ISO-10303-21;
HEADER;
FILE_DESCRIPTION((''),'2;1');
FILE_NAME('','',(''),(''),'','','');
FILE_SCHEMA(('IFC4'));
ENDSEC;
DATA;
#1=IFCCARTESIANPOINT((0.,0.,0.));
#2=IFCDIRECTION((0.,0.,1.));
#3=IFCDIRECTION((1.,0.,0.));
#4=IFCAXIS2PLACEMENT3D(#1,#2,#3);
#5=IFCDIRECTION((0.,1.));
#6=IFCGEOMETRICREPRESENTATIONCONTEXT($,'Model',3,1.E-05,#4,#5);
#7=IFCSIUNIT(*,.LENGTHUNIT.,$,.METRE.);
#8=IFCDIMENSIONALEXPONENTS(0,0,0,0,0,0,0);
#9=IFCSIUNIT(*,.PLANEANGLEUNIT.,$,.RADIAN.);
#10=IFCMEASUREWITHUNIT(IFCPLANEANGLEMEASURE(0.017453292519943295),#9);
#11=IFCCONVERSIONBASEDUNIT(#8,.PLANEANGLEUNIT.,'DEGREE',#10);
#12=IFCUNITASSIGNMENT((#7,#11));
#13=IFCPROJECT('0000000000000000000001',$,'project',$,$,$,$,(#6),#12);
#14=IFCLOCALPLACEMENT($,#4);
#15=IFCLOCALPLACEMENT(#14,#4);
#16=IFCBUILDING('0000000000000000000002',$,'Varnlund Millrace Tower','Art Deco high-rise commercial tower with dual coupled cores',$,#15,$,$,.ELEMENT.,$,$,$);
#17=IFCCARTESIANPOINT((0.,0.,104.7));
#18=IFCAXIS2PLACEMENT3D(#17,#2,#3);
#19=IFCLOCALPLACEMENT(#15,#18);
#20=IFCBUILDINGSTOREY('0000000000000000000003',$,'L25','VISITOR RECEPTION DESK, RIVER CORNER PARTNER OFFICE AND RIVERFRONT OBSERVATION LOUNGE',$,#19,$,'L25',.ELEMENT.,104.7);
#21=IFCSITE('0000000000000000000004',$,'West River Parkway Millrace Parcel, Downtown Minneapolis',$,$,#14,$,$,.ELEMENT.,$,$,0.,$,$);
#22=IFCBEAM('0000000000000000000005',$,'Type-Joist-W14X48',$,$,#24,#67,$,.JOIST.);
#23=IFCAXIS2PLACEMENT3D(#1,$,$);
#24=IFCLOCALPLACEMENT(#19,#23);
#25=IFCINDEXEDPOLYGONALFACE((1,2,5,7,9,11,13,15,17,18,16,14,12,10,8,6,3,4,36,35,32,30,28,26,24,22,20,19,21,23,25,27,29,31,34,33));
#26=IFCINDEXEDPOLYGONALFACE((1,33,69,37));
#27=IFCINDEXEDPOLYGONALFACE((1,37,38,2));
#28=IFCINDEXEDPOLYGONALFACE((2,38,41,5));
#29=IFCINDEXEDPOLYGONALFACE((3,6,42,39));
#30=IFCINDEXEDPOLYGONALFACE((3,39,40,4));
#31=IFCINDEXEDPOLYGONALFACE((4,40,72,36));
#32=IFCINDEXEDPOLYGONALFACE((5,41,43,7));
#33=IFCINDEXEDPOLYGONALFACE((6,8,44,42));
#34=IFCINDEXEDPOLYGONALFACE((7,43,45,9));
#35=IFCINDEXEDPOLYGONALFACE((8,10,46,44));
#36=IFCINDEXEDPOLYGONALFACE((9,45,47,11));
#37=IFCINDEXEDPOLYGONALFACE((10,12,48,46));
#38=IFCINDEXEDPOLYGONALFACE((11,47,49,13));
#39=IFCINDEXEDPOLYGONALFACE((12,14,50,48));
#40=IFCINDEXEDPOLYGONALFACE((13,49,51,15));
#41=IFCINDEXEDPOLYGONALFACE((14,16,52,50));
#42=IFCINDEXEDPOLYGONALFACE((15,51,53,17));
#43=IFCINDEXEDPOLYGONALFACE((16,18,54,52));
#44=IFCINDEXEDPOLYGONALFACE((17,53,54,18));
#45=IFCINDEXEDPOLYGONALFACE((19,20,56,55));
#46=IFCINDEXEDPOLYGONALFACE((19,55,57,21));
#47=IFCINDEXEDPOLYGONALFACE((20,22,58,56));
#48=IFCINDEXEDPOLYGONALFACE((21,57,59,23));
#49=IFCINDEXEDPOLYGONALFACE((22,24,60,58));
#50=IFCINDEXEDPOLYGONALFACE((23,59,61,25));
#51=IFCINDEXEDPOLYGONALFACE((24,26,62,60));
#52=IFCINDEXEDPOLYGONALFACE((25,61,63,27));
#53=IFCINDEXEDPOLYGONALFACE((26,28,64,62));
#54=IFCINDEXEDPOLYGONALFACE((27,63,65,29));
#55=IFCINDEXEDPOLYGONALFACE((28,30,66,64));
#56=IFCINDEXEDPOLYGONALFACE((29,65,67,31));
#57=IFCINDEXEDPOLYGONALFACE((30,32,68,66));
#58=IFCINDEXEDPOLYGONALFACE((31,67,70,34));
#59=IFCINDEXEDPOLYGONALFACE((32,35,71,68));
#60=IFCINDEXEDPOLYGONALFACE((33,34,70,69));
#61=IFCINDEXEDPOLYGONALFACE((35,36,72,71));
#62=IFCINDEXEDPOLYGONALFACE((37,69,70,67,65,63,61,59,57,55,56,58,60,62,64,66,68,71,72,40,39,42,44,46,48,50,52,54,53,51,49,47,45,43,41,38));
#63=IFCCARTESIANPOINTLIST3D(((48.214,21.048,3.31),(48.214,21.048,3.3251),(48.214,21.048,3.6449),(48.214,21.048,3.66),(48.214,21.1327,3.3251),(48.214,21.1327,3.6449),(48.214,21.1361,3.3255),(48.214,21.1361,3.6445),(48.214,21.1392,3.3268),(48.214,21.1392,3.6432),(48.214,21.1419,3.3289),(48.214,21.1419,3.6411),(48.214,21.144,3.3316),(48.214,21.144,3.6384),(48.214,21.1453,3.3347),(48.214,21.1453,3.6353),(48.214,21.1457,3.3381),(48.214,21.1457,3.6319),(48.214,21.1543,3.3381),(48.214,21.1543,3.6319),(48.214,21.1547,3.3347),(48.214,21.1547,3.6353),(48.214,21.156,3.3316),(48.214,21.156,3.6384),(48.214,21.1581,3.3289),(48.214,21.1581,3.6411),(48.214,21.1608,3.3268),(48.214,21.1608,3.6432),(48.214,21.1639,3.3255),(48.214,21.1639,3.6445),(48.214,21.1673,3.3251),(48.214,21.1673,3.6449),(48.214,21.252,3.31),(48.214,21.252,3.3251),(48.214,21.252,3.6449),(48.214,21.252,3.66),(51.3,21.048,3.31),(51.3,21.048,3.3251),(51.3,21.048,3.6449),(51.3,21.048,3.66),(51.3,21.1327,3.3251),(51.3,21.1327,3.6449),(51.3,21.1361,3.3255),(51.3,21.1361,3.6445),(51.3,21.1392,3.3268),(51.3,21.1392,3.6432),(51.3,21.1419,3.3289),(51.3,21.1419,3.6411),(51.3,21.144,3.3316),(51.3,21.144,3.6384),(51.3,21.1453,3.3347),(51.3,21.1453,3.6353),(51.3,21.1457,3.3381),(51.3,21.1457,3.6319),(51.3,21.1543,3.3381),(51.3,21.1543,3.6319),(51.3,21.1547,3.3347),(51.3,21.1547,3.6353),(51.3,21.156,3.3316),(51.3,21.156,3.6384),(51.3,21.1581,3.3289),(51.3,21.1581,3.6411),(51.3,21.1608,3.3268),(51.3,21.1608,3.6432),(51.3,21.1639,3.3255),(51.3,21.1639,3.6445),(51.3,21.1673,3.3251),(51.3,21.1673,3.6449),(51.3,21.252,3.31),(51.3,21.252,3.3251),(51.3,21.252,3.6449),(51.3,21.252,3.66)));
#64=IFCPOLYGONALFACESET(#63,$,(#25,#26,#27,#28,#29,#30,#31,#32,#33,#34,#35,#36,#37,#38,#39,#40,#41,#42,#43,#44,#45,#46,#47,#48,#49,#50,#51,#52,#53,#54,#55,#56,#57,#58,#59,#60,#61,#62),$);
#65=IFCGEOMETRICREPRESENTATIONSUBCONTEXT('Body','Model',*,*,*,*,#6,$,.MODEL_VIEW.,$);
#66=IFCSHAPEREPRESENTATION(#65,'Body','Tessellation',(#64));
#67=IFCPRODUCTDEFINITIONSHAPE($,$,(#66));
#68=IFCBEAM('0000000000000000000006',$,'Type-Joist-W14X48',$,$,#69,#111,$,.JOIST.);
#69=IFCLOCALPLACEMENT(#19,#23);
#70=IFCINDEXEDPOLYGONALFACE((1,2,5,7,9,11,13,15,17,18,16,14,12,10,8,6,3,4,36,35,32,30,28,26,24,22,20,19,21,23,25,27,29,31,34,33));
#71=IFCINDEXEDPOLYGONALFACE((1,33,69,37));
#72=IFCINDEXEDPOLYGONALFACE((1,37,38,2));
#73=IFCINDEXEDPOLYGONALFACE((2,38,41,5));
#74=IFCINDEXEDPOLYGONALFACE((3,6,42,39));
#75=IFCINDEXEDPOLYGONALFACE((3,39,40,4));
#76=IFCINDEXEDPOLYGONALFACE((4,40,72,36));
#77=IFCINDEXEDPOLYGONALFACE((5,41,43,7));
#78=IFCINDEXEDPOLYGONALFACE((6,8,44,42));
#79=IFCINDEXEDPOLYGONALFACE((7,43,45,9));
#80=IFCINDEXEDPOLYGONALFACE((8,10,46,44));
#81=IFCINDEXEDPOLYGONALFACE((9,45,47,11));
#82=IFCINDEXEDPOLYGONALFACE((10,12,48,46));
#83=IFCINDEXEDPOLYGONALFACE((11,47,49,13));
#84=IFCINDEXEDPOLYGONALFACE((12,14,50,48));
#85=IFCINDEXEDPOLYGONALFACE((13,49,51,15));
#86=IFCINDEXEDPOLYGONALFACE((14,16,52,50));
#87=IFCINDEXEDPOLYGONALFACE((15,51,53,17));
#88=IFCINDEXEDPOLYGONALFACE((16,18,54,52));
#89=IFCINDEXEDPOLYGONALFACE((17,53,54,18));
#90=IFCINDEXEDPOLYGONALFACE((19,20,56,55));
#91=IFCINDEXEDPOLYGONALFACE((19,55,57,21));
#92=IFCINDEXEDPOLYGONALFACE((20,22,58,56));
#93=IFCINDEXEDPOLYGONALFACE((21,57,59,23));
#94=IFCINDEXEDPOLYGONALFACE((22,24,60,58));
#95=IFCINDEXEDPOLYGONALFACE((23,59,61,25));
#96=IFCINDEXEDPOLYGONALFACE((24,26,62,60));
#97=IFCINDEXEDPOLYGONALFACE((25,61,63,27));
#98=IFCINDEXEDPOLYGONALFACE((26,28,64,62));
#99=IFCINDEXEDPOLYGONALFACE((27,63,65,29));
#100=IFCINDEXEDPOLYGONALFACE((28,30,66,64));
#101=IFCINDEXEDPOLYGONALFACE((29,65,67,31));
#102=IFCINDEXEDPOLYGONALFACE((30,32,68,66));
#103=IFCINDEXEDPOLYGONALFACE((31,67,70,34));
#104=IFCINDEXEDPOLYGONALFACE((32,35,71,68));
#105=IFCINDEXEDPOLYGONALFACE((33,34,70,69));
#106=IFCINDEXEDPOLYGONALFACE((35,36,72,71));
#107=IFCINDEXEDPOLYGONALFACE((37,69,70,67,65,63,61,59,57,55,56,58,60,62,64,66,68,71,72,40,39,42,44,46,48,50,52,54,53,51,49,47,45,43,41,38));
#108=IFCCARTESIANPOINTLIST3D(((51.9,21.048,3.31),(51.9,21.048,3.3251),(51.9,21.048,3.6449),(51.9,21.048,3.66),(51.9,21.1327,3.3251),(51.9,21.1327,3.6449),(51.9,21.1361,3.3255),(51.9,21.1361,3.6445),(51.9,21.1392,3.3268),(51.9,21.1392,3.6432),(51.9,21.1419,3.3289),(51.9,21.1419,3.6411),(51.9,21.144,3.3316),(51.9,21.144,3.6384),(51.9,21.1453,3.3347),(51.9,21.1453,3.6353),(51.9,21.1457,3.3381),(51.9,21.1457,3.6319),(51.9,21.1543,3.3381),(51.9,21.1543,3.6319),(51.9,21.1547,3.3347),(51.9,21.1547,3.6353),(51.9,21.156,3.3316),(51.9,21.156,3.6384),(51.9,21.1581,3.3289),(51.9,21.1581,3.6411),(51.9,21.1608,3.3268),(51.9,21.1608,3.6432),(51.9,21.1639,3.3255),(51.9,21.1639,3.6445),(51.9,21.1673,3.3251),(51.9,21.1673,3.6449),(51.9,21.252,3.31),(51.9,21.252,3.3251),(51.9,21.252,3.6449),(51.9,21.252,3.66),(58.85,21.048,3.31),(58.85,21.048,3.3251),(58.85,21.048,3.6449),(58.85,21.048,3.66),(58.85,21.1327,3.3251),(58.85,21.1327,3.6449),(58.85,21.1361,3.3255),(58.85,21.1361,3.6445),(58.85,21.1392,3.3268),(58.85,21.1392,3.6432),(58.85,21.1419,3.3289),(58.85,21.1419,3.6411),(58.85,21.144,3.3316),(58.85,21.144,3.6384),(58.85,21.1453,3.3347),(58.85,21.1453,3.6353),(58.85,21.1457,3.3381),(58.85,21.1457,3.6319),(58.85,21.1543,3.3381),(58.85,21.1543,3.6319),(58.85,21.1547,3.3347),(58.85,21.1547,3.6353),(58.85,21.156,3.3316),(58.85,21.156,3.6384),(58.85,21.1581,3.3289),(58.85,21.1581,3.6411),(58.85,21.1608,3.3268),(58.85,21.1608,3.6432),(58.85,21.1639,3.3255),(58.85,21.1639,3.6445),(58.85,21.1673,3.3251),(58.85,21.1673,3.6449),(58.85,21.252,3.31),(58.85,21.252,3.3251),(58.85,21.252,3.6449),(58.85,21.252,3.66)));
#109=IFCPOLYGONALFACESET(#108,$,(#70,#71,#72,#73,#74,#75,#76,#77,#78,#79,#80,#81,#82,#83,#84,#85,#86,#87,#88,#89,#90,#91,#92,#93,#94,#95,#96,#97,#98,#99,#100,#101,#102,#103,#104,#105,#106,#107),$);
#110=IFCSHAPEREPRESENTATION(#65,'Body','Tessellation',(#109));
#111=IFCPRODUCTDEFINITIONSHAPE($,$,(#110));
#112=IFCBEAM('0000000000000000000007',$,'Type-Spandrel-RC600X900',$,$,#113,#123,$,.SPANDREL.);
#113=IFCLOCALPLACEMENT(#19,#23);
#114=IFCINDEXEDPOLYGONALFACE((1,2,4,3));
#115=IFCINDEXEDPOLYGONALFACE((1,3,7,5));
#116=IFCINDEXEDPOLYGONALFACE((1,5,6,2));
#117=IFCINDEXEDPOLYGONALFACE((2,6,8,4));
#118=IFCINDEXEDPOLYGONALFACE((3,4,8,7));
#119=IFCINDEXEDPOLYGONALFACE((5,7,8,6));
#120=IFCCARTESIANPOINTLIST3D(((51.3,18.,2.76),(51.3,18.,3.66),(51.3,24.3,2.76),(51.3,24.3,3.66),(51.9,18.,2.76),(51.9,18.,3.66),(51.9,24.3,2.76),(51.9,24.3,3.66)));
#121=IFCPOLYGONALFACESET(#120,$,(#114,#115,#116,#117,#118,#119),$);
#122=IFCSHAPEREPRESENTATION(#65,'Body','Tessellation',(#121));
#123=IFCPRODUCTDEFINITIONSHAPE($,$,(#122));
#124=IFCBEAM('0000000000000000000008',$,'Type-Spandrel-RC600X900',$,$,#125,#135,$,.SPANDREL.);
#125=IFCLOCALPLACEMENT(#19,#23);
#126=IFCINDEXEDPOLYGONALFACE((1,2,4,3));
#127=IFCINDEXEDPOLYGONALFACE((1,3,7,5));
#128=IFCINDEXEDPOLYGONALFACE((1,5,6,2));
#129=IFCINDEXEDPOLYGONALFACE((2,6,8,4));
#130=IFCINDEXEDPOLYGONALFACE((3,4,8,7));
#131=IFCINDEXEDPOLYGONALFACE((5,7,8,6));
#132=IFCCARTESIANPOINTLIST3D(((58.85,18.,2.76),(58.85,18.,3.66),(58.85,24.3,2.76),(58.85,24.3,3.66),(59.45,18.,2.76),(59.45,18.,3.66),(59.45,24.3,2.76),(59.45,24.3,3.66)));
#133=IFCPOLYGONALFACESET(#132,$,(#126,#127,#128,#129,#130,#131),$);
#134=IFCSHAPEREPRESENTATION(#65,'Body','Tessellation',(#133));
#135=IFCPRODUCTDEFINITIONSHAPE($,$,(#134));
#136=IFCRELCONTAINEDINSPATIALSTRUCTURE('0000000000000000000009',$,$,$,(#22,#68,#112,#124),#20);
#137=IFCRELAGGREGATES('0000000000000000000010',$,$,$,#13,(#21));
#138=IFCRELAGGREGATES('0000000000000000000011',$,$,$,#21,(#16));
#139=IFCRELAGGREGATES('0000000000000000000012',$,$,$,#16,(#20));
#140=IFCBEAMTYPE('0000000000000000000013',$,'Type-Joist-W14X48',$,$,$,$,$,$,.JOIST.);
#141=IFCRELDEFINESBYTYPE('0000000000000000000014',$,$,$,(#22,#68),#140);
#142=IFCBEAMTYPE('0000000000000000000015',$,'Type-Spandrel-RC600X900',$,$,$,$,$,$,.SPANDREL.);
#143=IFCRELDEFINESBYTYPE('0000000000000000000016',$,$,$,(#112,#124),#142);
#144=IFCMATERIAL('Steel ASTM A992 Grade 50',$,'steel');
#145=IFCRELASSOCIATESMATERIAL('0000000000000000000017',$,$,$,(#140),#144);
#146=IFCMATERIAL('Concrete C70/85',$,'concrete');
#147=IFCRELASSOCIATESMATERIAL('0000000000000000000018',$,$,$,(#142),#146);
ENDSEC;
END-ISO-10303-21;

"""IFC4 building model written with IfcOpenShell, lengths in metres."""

from ifc_helpers import new_model, entity, si_unit, converted_unit, direction, frame, origin_with_axes, origin_2d_with_axis, place, context, subcontext, project, spatial, rectangle, i_section, extrude, material, material_profile, profile_set, type_object, element, save


model = new_model("IFC4")

# Units and contexts
model_context = context("Model", 3, precision=1e-05, world=origin_with_axes(), true_north=direction((0.0, 1.0)))
body_context = subcontext(model_context, "Body", "Model", "MODEL_VIEW")
ifc_project = project(units=[si_unit("LENGTHUNIT", "METRE"), converted_unit("PLANEANGLEUNIT", "DEGREE", entity("IfcPlaneAngleMeasure", 0.017453292519943295), si_unit("PLANEANGLEUNIT", "RADIAN"), dimensions=[0, 0, 0, 0, 0, 0, 0])], contexts=[model_context])

# Site, building, storey
site_placement = place(None, origin_with_axes())
site = spatial("IfcSite", under=ifc_project, at=site_placement, Name="West River Parkway Millrace Parcel, Downtown Minneapolis", CompositionType="ELEMENT", RefElevation=0.0)
building_placement = place(site_placement, origin_with_axes())
building = spatial("IfcBuilding", under=site, at=building_placement, Name="Varnlund Millrace Tower", Description="Art Deco high-rise commercial tower with dual coupled cores", CompositionType="ELEMENT")
storey_placement = place(building_placement, frame((0.0, 0.0, 104.7), z_axis=(0.0, 0.0, 1.0), x_axis=(1.0, 0.0, 0.0)))
storey = spatial("IfcBuildingStorey", under=building, at=storey_placement, Name="L25", Description="VISITOR RECEPTION DESK, RIVER CORNER PARTNER OFFICE AND RIVERFRONT OBSERVATION LOUNGE", LongName="L25", CompositionType="ELEMENT", Elevation=104.7)

# Beams
ifc_material_1 = material(Name="Steel ASTM A992 Grade 50", Category="steel")
ifc_material_profile_1 = material_profile(ifc_material_1, i_section(OverallWidth=0.204, OverallDepth=0.35, WebThickness=0.0086, FlangeThickness=0.0151, FilletRadius=0.013, at=origin_2d_with_axis()), Name="Steel ASTM A992 Grade 50")
ifc_profile_set_1 = profile_set([ifc_material_profile_1], Name="Steel ASTM A992 Grade 50")
beam_type_1 = type_object("IfcBeamType", Name="Type-Joist-W14X48", PredefinedType="JOIST", material=ifc_profile_set_1)
beam_1_placement = place(storey_placement, frame((48.214, 21.15, 3.485), z_axis=(1.0, 0.0, 0.0), x_axis=(0.0, 1.0, 0.0)))
element("IfcBeam", 1, at=beam_1_placement, inside=storey, type_object=beam_type_1, Name="Type-Joist-W14X48", PredefinedType="JOIST", context=body_context, shape_type="SweptSolid", body=[
    extrude(i_section(OverallWidth=0.204, OverallDepth=0.35, WebThickness=0.0086, FlangeThickness=0.0151, FilletRadius=0.013, at=origin_2d_with_axis()), origin_with_axes(), (0.0, 0.0, 1.0), 3.086),
])
beam_2_placement = place(storey_placement, frame((51.9, 21.15, 3.485), z_axis=(1.0, 0.0, 0.0), x_axis=(0.0, 1.0, 0.0)))
element("IfcBeam", 2, at=beam_2_placement, inside=storey, type_object=beam_type_1, Name="Type-Joist-W14X48", PredefinedType="JOIST", context=body_context, shape_type="SweptSolid", body=[
    extrude(i_section(OverallWidth=0.204, OverallDepth=0.35, WebThickness=0.0086, FlangeThickness=0.0151, FilletRadius=0.013, at=origin_2d_with_axis()), origin_with_axes(), (0.0, 0.0, 1.0), 6.95),
])
ifc_material_2 = material(Name="Concrete C70/85", Category="concrete")
ifc_material_profile_2 = material_profile(ifc_material_2, rectangle(XDim=0.6, YDim=0.9, at=origin_2d_with_axis()), Name="Concrete C70/85")
ifc_profile_set_2 = profile_set([ifc_material_profile_2], Name="Concrete C70/85")
beam_type_2 = type_object("IfcBeamType", Name="Type-Spandrel-RC600X900", PredefinedType="SPANDREL", material=ifc_profile_set_2)
for number, where, z_axis, x_axis, name in (
    (3, (51.6, 18.0, 3.21), (0.0, 1.0, 0.0), (-1.0, 0.0, 0.0), "Type-Spandrel-RC600X900"),
    (4, (59.15, 18.0, 3.21), (0.0, 1.0, 0.0), (-1.0, 0.0, 0.0), "Type-Spandrel-RC600X900"),
):
    element("IfcBeam", number, at=place(storey_placement, frame(where, z_axis=z_axis, x_axis=x_axis)), inside=storey, type_object=beam_type_2, Name=name, PredefinedType="SPANDREL", context=body_context, shape_type="SweptSolid", body=[
        extrude(rectangle(XDim=0.6, YDim=0.9, at=origin_2d_with_axis()), origin_with_axes(), (0.0, 0.0, 1.0), 6.3),
    ])

save(model, "model.ifc")
